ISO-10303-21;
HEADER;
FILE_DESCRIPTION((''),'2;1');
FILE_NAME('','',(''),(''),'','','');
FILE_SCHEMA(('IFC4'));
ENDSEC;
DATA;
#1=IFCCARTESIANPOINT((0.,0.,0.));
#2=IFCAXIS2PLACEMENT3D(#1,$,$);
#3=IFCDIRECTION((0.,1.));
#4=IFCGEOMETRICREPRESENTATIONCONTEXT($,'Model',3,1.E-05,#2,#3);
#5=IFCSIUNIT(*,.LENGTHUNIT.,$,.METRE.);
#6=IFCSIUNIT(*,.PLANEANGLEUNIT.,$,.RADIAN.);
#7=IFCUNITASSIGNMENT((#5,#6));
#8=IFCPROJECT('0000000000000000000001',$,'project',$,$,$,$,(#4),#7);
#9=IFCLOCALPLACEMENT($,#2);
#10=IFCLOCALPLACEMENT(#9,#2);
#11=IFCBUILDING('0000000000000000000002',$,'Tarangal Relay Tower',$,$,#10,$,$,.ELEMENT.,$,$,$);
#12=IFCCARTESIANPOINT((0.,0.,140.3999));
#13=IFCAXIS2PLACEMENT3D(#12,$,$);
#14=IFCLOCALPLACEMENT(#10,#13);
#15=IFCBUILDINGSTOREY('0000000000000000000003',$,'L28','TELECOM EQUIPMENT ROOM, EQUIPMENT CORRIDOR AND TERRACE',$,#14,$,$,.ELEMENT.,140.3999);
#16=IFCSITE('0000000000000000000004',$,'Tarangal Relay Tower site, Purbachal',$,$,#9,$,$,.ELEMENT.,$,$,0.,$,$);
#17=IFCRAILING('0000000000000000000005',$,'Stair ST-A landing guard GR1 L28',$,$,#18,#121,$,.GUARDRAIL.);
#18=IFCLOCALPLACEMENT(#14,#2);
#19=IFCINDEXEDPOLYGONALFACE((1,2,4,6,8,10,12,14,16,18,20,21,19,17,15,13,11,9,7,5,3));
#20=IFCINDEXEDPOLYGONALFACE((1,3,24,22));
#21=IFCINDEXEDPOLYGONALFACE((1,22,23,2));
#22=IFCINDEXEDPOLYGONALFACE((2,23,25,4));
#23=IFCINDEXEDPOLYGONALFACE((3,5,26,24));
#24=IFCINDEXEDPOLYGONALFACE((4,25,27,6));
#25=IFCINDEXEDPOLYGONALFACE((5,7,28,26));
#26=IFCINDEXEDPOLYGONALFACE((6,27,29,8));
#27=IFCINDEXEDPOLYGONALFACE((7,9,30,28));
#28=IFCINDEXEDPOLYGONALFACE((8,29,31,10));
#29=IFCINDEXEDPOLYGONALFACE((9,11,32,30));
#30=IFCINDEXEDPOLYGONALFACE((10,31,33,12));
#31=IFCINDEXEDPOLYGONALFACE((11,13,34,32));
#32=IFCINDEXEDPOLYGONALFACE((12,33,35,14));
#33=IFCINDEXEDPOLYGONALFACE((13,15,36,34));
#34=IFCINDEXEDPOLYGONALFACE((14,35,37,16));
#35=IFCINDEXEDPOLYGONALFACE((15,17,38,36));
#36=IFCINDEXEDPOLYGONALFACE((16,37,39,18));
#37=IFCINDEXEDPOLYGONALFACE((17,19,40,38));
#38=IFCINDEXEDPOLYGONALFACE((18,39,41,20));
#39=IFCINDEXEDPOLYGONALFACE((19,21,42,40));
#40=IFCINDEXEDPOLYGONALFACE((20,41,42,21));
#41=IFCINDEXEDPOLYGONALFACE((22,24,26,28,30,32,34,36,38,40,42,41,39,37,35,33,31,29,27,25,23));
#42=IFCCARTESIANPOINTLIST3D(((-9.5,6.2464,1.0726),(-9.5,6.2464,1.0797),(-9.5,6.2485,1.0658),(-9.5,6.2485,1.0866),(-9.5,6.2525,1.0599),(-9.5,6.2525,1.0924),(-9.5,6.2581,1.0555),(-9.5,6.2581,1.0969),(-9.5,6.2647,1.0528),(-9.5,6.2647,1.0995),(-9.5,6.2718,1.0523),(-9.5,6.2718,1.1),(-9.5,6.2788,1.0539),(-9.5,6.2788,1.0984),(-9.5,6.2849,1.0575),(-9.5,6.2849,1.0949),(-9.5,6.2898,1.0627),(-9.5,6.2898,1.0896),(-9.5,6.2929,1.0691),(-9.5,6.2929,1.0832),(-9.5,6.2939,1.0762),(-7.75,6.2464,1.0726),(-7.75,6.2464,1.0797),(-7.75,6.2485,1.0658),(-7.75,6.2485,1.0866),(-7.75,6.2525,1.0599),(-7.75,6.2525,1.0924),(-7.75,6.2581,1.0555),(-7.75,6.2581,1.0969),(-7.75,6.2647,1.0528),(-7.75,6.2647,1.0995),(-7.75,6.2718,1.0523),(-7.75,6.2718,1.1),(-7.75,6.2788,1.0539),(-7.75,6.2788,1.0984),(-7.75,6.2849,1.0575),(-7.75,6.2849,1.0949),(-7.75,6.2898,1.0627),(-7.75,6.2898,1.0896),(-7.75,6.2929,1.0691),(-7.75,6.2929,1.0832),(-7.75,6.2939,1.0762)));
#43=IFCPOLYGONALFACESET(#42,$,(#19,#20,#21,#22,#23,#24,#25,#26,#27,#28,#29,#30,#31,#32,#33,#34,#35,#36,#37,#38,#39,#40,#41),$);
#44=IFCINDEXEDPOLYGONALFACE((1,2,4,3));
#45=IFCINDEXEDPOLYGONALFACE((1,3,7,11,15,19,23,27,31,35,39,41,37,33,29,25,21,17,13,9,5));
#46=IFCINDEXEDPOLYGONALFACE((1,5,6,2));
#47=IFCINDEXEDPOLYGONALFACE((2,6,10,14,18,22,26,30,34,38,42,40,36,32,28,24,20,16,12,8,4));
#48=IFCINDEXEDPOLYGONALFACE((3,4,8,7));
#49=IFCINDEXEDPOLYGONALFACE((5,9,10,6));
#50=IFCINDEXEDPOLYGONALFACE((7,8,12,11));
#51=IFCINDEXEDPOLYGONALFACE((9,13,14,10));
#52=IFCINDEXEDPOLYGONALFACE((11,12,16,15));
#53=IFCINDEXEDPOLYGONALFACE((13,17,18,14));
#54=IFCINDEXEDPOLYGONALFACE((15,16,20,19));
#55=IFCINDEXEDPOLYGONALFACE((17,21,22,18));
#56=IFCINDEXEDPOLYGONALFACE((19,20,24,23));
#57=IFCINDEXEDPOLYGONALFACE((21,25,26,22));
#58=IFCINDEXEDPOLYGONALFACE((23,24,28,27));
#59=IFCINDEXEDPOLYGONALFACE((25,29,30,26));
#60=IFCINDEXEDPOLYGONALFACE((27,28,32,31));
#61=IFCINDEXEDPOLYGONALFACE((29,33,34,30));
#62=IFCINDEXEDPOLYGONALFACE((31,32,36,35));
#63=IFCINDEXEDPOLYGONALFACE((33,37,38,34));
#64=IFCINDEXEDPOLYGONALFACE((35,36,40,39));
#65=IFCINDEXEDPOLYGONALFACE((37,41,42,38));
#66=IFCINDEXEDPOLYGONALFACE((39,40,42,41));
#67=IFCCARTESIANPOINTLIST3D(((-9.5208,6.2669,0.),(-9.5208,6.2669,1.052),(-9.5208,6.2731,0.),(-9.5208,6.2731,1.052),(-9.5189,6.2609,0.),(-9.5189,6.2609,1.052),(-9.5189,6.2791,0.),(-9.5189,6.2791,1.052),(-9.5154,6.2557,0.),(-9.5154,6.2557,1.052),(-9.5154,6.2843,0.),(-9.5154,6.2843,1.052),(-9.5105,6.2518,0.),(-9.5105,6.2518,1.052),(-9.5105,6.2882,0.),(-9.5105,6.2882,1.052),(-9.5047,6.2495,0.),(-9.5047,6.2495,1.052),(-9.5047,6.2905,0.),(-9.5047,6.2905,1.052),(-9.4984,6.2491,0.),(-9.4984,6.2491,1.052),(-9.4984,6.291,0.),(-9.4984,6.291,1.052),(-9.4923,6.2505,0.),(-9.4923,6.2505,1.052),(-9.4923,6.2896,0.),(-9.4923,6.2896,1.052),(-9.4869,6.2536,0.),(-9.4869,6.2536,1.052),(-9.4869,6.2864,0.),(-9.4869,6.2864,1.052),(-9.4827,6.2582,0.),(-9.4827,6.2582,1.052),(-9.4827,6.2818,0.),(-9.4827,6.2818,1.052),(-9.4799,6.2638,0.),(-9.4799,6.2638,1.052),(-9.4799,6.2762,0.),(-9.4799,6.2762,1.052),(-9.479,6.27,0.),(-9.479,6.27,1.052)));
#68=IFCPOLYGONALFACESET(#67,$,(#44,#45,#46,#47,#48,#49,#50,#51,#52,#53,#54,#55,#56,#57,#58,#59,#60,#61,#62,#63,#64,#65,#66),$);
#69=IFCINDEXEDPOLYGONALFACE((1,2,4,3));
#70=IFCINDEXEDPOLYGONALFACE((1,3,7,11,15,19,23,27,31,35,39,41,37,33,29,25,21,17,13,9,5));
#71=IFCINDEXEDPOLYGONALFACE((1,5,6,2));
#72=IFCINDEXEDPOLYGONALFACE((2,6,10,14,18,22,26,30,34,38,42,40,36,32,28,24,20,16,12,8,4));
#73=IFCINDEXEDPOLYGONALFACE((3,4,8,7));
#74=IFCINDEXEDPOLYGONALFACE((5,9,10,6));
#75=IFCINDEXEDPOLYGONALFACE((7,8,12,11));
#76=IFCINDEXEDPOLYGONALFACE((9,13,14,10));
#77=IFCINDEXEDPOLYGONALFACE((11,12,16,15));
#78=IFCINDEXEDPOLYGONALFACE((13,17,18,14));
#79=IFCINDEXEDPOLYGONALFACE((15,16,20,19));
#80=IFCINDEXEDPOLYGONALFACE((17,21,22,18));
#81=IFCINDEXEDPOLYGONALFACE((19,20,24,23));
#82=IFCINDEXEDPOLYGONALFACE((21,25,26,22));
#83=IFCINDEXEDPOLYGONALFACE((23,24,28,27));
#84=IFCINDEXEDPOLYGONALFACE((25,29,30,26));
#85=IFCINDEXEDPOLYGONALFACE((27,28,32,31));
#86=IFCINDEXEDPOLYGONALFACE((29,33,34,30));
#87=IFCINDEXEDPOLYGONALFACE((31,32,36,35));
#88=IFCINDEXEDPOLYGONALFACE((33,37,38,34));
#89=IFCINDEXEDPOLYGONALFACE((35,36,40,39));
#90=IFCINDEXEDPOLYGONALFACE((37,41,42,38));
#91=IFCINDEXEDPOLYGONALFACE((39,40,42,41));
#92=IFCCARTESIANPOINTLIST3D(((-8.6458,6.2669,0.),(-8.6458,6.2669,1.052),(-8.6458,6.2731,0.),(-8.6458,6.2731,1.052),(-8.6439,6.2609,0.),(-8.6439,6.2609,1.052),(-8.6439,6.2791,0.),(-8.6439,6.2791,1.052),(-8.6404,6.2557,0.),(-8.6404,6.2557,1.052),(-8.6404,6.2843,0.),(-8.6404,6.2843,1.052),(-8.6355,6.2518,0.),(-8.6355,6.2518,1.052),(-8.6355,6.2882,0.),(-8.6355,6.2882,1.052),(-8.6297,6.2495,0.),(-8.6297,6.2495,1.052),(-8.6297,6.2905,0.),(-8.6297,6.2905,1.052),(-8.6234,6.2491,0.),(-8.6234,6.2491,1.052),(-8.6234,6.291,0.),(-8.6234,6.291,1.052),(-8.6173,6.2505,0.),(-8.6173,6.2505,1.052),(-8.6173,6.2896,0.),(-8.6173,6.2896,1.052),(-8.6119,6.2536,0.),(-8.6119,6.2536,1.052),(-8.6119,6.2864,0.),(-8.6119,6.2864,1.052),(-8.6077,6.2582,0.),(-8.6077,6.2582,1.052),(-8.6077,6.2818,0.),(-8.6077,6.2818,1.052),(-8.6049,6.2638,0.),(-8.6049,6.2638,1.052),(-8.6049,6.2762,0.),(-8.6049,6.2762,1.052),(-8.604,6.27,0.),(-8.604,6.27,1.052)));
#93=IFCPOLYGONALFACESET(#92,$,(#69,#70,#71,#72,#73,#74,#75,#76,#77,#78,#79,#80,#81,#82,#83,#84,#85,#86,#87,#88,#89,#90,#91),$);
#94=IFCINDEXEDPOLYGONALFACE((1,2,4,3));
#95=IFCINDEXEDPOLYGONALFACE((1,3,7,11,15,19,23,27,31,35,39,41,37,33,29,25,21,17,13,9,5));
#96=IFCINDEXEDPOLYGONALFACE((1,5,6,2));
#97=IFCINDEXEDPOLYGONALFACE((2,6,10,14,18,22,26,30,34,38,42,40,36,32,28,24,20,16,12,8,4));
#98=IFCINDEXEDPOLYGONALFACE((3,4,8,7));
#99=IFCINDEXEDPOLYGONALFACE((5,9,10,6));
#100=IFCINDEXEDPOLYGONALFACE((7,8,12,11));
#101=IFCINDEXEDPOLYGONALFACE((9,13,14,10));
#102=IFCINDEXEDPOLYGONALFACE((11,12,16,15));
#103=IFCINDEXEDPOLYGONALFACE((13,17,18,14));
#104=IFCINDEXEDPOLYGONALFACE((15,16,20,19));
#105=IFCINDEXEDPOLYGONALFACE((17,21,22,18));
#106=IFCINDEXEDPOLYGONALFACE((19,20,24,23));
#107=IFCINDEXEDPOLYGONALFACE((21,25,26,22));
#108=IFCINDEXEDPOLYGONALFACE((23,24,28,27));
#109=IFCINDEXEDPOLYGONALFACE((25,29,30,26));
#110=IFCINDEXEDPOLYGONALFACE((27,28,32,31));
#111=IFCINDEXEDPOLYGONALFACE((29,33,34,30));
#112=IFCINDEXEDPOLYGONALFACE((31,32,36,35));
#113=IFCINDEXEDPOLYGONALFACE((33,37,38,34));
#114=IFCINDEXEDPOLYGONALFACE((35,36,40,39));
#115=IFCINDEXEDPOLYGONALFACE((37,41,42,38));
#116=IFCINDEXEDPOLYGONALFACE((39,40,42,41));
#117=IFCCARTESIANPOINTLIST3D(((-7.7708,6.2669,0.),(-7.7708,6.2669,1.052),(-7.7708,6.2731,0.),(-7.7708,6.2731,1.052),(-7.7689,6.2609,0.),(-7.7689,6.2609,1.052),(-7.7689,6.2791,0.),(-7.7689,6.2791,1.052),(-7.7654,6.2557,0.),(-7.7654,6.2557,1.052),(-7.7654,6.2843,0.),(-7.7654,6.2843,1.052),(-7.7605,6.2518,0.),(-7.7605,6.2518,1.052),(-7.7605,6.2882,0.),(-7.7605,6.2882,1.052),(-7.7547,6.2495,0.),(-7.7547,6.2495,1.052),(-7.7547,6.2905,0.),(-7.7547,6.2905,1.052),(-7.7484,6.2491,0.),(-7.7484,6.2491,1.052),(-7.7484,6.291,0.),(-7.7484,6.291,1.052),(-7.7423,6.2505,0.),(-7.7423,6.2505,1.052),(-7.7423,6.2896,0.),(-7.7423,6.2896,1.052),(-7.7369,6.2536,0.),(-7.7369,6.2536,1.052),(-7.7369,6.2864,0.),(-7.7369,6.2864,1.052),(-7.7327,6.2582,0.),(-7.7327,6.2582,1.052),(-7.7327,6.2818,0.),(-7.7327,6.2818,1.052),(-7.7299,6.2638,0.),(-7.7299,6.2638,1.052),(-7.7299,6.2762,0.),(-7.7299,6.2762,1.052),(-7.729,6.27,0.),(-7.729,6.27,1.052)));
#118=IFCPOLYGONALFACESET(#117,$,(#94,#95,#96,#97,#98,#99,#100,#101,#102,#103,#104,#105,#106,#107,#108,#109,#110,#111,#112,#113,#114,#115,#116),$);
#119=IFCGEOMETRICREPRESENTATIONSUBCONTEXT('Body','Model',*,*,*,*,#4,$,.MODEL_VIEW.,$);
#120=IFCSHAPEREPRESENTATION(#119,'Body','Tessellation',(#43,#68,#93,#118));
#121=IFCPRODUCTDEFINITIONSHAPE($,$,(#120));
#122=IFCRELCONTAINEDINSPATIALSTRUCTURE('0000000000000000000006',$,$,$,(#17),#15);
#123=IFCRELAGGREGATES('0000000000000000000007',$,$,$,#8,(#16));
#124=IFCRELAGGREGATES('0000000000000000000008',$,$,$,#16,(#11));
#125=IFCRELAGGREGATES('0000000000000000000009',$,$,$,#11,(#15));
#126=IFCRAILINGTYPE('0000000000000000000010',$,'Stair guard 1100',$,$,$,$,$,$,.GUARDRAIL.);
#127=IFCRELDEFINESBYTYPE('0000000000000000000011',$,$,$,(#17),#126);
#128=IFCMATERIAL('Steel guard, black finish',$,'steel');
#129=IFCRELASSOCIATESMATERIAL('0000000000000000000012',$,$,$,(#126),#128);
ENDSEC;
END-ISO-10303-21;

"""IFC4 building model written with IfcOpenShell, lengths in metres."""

from ifc_helpers import new_model, si_unit, direction, frame, origin, origin_2d, place, context, subcontext, project, spatial, circle, extrude, material, type_object, element, save


model = new_model("IFC4")

# Units and contexts
model_context = context("Model", 3, precision=1e-05, world=origin(), true_north=direction((0.0, 1.0)))
body_context = subcontext(model_context, "Body", "Model", "MODEL_VIEW")
ifc_project = project(units=[si_unit("LENGTHUNIT", "METRE"), si_unit("PLANEANGLEUNIT", "RADIAN")], contexts=[model_context])

# Site, building, storey
site_placement = place(None, origin())
site = spatial("IfcSite", under=ifc_project, at=site_placement, Name="Tarangal Relay Tower site, Purbachal", CompositionType="ELEMENT", RefElevation=0.0)
building_placement = place(site_placement, origin())
building = spatial("IfcBuilding", under=site, at=building_placement, Name="Tarangal Relay Tower", CompositionType="ELEMENT")
storey_placement = place(building_placement, frame((0.0, 0.0, 140.3999)))
storey = spatial("IfcBuildingStorey", under=building, at=storey_placement, Name="L28", Description="TELECOM EQUIPMENT ROOM, EQUIPMENT CORRIDOR AND TERRACE", CompositionType="ELEMENT", Elevation=140.3999)

# Railing
ifc_material_1 = material(Name="Steel guard, black finish", Category="steel")
railing_type = type_object("IfcRailingType", Name="Stair guard 1100", PredefinedType="GUARDRAIL", material=ifc_material_1)
railing_1_placement = place(storey_placement, frame((-9.5, 6.27, 0.0)))
element("IfcRailing", 1, at=railing_1_placement, inside=storey, type_object=railing_type, Name="Stair ST-A landing guard GR1 L28", PredefinedType="GUARDRAIL", context=body_context, shape_type="SweptSolid", body=[
    extrude(circle(Radius=0.0239, at=origin_2d()), frame((0.0, 0.0, 1.0762), z_axis=(1.0, 0.0, 0.0), x_axis=(0.0, 1.0, 0.0)), (0.0, 0.0, 1.0), 1.75),
    extrude(circle(Radius=0.021, at=origin_2d()), origin(), (0.0, 0.0, 1.0), 1.052),
    extrude(circle(Radius=0.021, at=origin_2d()), frame((0.875, 0.0, 0.0)), (0.0, 0.0, 1.0), 1.052),
    extrude(circle(Radius=0.021, at=origin_2d()), frame((1.75, 0.0, 0.0)), (0.0, 0.0, 1.0), 1.052),
])

save(model, "model.ifc")
